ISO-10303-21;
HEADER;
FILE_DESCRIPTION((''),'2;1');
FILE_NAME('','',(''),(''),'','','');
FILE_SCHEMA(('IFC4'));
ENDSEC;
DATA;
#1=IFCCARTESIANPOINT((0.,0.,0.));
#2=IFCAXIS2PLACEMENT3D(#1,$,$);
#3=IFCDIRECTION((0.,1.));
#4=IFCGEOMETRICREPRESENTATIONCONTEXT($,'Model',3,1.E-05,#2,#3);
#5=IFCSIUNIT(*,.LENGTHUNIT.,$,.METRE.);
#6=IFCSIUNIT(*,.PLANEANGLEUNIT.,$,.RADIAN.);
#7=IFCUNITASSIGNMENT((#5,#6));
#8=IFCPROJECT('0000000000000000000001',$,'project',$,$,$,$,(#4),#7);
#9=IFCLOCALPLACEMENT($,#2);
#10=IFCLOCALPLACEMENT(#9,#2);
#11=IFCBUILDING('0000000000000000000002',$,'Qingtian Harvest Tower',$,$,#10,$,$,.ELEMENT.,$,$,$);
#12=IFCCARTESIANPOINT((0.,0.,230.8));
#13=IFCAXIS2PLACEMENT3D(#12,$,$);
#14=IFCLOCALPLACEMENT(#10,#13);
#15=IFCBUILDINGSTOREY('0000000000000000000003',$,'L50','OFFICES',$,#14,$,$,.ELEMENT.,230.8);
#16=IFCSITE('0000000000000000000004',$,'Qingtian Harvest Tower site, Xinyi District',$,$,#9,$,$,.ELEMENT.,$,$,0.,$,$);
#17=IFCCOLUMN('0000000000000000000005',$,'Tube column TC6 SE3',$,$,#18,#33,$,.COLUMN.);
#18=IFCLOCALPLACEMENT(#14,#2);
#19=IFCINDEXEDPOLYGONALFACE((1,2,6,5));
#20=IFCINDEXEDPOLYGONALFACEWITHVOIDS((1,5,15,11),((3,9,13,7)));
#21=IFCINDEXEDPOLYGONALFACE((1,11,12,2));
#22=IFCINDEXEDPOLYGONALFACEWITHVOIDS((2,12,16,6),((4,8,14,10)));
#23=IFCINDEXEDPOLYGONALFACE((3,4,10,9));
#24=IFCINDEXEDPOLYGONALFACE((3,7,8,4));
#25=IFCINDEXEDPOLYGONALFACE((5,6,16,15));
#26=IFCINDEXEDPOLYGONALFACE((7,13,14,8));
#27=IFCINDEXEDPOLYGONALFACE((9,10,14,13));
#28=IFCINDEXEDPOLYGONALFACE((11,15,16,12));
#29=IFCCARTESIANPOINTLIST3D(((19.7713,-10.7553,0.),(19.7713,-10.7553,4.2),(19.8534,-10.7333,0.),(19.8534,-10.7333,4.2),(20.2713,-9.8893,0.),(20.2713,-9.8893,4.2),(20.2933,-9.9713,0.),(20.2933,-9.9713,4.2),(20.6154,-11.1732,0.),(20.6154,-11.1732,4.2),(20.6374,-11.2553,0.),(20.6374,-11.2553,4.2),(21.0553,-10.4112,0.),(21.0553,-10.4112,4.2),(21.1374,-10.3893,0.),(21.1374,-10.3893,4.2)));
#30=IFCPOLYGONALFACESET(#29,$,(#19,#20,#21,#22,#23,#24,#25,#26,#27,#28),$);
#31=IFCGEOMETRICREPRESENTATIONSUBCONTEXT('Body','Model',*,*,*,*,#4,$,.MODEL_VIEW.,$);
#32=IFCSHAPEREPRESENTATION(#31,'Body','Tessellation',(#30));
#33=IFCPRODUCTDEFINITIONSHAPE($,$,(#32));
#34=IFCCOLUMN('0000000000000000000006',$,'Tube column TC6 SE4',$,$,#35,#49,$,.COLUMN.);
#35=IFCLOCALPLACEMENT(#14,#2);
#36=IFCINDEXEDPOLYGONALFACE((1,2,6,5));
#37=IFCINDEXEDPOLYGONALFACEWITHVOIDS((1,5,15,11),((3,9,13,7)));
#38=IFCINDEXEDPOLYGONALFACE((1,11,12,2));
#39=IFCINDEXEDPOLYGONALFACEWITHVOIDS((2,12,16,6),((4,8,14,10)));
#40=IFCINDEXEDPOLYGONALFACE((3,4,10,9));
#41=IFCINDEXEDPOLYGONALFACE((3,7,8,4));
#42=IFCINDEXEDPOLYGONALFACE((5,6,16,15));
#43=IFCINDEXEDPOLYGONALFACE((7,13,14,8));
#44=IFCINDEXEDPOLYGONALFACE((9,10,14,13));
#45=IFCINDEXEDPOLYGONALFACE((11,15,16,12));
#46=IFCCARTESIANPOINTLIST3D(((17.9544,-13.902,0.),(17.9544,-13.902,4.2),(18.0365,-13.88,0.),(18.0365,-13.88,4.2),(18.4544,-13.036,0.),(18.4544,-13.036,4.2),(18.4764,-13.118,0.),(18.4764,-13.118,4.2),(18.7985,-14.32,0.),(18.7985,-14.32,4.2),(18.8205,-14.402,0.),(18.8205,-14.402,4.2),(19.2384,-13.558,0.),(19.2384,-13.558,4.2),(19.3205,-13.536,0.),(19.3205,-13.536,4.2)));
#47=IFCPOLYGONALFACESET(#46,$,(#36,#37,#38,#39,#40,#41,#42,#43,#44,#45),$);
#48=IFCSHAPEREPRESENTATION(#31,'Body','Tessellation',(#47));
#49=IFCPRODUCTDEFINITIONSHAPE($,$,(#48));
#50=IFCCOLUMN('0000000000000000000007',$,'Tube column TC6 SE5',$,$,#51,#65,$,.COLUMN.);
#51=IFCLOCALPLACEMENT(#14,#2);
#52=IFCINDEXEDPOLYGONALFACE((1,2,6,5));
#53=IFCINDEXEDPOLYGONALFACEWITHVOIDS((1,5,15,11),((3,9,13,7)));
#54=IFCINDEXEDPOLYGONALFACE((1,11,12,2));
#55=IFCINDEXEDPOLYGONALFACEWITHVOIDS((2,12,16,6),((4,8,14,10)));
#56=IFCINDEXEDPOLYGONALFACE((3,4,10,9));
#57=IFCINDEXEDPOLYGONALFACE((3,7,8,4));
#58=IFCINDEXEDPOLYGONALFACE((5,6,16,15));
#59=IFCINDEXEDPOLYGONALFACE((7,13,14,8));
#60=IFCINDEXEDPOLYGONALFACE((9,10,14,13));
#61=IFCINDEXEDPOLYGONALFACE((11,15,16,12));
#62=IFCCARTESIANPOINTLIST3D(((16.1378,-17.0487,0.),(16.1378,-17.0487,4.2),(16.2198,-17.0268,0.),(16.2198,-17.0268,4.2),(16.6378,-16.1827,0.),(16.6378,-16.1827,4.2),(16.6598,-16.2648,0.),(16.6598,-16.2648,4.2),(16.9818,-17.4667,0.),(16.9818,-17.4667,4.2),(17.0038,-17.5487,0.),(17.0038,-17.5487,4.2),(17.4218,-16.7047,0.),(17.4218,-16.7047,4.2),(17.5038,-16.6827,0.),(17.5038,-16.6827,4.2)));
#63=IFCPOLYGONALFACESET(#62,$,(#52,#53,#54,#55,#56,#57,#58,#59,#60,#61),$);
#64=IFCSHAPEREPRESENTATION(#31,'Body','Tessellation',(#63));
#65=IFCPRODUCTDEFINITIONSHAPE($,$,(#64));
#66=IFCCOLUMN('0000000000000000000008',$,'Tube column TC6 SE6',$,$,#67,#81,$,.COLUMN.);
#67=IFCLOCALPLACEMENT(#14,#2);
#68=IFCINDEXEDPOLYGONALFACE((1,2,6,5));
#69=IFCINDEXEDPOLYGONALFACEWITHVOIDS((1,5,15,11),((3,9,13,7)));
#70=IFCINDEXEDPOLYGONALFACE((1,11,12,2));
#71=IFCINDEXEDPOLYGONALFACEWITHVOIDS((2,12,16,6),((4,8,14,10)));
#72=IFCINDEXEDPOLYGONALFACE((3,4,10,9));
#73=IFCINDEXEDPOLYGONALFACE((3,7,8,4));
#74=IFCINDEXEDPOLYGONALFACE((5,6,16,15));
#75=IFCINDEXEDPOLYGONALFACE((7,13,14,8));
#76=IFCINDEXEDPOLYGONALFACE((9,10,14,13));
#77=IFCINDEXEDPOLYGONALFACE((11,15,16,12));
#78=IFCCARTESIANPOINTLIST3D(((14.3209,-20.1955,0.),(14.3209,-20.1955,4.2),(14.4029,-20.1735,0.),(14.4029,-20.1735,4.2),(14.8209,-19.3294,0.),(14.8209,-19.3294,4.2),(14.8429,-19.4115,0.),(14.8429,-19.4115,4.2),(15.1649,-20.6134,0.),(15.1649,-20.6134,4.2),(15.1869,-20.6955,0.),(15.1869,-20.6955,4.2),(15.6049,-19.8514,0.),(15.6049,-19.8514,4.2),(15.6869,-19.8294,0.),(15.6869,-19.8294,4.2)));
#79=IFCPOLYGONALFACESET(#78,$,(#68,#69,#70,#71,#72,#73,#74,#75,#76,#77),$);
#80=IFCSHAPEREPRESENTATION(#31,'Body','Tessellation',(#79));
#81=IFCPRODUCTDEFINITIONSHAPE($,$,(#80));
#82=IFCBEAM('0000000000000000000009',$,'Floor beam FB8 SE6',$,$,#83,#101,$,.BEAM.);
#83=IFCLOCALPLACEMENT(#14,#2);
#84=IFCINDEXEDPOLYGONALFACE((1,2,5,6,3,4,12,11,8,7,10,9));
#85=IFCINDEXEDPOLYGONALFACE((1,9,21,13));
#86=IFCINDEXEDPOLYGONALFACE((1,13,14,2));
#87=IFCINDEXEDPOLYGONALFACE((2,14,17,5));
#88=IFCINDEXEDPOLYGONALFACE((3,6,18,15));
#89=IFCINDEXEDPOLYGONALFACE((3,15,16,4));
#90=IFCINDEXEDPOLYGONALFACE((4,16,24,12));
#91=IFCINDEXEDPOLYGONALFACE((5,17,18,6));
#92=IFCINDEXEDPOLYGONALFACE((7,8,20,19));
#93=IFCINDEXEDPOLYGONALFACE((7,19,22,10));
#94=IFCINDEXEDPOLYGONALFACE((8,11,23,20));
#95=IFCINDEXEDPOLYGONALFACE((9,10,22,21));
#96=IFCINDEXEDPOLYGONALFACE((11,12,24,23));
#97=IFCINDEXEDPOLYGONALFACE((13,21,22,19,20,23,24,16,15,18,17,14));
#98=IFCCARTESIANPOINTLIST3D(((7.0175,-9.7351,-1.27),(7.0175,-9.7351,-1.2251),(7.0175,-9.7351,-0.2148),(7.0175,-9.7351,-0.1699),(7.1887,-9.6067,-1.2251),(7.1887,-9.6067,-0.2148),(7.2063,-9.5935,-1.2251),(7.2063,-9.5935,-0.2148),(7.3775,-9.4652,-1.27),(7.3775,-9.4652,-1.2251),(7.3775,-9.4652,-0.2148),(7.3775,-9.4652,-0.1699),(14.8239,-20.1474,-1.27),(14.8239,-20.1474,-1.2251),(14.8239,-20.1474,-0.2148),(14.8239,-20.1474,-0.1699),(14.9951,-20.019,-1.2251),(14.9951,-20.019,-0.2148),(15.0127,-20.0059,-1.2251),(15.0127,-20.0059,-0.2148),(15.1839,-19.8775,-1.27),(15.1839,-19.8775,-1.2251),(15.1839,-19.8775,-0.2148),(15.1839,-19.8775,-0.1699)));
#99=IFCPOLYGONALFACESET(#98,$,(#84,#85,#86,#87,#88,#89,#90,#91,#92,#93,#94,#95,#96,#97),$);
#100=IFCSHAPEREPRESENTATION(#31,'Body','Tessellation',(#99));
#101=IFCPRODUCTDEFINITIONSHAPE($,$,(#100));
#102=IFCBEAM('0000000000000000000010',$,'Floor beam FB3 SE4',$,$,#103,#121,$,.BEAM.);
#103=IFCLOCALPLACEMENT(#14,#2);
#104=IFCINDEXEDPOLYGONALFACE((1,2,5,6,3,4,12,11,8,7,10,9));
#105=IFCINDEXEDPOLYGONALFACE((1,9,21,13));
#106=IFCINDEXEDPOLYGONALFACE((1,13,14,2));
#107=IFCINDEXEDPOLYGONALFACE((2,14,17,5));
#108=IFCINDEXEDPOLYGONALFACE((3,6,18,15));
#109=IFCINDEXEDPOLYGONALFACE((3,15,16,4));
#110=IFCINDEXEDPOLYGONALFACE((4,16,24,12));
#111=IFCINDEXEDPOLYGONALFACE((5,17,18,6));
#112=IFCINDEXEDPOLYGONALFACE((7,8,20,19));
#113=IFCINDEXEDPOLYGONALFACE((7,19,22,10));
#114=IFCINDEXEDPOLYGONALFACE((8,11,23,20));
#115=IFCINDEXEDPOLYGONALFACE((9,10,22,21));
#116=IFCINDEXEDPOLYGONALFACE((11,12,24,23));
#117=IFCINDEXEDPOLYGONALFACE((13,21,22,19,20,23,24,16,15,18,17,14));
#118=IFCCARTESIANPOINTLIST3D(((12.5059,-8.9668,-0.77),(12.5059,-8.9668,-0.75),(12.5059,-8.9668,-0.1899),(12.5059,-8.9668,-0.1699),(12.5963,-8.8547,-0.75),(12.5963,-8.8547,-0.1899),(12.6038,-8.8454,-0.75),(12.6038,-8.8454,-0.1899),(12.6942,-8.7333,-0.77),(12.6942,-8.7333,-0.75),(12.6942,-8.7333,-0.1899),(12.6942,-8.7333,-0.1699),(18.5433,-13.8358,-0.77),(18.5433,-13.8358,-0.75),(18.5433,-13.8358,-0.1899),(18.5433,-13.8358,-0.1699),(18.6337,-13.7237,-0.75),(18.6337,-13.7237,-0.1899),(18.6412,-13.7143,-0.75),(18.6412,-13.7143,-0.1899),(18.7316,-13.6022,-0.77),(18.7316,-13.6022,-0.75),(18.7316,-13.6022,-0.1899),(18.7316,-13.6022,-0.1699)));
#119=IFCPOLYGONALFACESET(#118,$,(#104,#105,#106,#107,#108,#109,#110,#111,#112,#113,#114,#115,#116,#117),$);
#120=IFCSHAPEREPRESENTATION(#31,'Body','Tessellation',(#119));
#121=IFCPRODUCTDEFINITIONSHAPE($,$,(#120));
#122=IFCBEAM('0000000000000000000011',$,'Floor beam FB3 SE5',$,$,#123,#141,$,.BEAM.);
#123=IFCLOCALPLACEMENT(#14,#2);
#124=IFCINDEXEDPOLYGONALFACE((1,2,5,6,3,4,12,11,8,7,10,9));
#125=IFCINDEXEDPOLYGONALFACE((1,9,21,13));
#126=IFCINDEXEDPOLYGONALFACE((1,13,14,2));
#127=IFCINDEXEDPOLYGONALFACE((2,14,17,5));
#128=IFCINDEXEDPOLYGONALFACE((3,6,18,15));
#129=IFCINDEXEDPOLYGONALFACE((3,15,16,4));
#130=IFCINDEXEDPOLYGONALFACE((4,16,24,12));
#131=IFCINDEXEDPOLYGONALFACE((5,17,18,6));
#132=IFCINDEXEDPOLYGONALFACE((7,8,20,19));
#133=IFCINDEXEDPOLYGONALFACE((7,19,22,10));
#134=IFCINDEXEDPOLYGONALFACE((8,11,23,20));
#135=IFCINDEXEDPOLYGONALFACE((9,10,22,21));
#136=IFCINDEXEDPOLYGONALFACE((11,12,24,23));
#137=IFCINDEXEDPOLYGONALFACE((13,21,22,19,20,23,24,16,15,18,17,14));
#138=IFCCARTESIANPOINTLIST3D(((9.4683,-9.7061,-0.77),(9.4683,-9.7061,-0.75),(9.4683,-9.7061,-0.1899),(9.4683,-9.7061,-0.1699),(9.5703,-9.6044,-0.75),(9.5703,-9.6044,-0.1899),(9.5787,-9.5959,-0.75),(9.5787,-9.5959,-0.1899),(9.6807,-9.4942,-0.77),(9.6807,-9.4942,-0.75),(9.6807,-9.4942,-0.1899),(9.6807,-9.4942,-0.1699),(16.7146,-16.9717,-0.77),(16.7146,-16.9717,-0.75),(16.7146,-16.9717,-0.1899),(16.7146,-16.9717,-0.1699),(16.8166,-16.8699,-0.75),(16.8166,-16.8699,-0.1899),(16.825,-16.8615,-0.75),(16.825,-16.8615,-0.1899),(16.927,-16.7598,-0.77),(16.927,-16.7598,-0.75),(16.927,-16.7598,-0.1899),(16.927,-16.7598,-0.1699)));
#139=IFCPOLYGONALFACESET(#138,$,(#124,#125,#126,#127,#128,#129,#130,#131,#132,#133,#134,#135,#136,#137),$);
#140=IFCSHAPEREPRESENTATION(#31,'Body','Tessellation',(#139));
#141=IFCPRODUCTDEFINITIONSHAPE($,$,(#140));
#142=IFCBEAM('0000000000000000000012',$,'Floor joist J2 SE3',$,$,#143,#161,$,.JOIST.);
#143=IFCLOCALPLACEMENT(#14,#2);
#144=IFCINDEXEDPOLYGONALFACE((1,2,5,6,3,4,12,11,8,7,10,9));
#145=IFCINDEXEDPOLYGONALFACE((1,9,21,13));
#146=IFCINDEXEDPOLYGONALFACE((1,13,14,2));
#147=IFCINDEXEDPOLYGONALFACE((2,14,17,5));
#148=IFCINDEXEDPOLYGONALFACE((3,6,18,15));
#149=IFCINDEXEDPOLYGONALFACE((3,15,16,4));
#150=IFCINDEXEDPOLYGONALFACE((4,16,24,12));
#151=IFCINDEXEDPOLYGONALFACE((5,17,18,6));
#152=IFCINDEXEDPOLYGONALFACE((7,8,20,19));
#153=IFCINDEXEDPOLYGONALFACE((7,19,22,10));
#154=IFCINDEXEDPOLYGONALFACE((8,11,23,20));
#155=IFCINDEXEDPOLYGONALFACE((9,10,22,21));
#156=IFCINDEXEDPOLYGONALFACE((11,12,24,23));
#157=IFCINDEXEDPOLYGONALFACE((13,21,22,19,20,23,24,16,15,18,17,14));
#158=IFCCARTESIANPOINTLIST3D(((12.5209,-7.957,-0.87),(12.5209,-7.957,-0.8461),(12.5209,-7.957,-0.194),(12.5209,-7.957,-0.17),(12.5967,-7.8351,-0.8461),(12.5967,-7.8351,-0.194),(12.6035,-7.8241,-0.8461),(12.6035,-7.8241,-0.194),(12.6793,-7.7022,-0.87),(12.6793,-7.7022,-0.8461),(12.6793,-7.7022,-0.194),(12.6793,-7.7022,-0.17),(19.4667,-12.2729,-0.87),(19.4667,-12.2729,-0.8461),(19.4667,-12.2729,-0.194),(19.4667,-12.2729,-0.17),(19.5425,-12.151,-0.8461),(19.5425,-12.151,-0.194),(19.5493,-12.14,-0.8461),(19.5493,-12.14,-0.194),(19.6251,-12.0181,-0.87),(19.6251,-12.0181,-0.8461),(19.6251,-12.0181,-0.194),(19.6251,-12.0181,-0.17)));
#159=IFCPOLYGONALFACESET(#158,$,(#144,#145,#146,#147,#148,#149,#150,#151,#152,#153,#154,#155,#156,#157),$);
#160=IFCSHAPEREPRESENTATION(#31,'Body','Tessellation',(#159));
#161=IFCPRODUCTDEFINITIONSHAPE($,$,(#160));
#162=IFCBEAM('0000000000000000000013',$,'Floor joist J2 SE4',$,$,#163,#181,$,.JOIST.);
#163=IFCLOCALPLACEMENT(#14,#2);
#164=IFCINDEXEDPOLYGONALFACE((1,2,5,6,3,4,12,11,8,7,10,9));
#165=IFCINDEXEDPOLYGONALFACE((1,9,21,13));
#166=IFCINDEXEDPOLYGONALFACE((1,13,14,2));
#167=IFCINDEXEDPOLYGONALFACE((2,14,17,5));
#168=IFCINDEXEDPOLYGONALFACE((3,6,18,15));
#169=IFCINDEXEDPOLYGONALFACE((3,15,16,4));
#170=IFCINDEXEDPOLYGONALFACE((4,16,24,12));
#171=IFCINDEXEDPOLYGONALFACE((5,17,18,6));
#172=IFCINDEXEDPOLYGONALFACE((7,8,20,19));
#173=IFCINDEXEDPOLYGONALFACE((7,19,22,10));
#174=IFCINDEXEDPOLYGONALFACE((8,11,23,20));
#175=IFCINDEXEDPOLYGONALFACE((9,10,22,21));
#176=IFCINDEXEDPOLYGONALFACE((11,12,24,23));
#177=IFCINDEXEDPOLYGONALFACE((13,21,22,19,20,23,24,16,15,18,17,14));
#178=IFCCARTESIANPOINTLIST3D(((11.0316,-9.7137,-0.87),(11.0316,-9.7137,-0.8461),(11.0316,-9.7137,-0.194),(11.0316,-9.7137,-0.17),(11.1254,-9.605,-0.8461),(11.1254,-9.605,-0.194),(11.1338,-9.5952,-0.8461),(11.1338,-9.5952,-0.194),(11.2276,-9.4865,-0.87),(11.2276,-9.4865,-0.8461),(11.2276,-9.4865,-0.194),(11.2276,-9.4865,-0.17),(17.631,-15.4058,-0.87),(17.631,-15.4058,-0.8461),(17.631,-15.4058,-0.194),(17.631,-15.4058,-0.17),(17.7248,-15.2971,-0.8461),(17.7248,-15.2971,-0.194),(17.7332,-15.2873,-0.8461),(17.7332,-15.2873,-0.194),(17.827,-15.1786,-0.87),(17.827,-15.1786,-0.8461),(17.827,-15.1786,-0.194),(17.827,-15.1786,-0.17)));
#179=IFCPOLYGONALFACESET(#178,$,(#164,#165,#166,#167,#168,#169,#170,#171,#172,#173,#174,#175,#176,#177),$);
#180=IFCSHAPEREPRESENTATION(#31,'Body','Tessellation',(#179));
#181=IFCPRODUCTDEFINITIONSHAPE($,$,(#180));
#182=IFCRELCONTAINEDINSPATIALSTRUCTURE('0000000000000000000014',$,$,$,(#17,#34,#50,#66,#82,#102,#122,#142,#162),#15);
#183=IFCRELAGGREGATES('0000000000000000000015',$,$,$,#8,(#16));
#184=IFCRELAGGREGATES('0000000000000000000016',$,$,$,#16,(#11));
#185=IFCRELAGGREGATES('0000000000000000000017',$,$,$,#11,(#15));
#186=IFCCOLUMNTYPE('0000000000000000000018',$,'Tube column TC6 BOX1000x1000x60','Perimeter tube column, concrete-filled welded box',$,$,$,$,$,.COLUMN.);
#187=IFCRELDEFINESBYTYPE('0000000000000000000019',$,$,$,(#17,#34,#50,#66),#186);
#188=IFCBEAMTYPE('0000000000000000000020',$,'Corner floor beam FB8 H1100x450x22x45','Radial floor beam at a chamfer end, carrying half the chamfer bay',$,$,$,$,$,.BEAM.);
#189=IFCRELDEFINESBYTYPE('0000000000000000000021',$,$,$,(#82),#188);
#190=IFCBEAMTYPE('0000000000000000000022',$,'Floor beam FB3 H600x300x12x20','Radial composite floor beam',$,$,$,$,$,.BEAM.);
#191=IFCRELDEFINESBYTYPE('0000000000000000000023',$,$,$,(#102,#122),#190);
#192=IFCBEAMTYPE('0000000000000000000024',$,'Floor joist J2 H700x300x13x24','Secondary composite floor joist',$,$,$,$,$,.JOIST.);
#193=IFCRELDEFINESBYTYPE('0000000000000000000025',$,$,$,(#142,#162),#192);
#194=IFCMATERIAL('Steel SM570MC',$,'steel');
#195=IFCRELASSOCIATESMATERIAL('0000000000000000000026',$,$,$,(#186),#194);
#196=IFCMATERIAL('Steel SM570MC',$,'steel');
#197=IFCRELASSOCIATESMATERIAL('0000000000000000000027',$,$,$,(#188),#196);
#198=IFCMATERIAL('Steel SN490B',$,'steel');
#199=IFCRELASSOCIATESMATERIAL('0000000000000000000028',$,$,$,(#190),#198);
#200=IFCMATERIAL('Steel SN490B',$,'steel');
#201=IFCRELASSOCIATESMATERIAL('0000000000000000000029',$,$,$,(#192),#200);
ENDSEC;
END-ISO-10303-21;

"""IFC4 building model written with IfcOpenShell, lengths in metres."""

from ifc_helpers import new_model, si_unit, direction, frame, origin, origin_2d, place, context, subcontext, project, spatial, hollow_rectangle, i_section, extrude, material, material_profile, profile_set, type_object, element, save


model = new_model("IFC4")

# Units and contexts
model_context = context("Model", 3, precision=1e-05, world=origin(), true_north=direction((0.0, 1.0)))
body_context = subcontext(model_context, "Body", "Model", "MODEL_VIEW")
ifc_project = project(units=[si_unit("LENGTHUNIT", "METRE"), si_unit("PLANEANGLEUNIT", "RADIAN")], contexts=[model_context])

# Site, building, storey
site_placement = place(None, origin())
site = spatial("IfcSite", under=ifc_project, at=site_placement, Name="Qingtian Harvest Tower site, Xinyi District", CompositionType="ELEMENT", RefElevation=0.0)
building_placement = place(site_placement, origin())
building = spatial("IfcBuilding", under=site, at=building_placement, Name="Qingtian Harvest Tower", CompositionType="ELEMENT")
storey_placement = place(building_placement, frame((0.0, 0.0, 230.8)))
storey = spatial("IfcBuildingStorey", under=building, at=storey_placement, Name="L50", Description="OFFICES", CompositionType="ELEMENT", Elevation=230.8)

# Columns
ifc_material_1 = material(Name="Steel SM570MC", Category="steel")
ifc_material_profile_1 = material_profile(ifc_material_1, hollow_rectangle(XDim=1.0, YDim=1.0, WallThickness=0.0601, at=origin_2d()), Name="BOX1000x1000x60")
ifc_profile_set_1 = profile_set([ifc_material_profile_1], Name="Steel SM570MC")
column_type = type_object("IfcColumnType", Name="Tube column TC6 BOX1000x1000x60", Description="Perimeter tube column, concrete-filled welded box", PredefinedType="COLUMN", material=ifc_profile_set_1)
for number, where, z_axis, x_axis, name in (
    (1, (20.4543, -10.5723, 0.0), (0.0, 0.0, 1.0), (0.5, 0.866025, 0.0), "Tube column TC6 SE3"),
    (2, (18.6375, -13.719, 0.0), (0.0, 0.0, 1.0), (0.5, 0.866025, 0.0), "Tube column TC6 SE4"),
    (3, (16.8208, -16.8657, 0.0), (0.0, 0.0, 1.0), (0.5, 0.866025, 0.0), "Tube column TC6 SE5"),
    (4, (15.0039, -20.0125, 0.0), (0.0, 0.0, 1.0), (0.5, 0.866025, 0.0), "Tube column TC6 SE6"),
):
    element("IfcColumn", number, at=place(storey_placement, frame(where, z_axis=z_axis, x_axis=x_axis)), inside=storey, type_object=column_type, Name=name, PredefinedType="COLUMN", context=body_context, shape_type="SweptSolid", body=[
        extrude(hollow_rectangle(XDim=1.0, YDim=1.0, WallThickness=0.0601, at=origin_2d()), origin(), (0.0, 0.0, 1.0), 4.2),
    ])

# Beams
ifc_material_2 = material(Name="Steel SM570MC", Category="steel")
ifc_material_profile_2 = material_profile(ifc_material_2, i_section(OverallWidth=0.45, OverallDepth=1.1001, WebThickness=0.022, FlangeThickness=0.0449, at=origin_2d()), Name="H1100x450x22x45")
ifc_profile_set_2 = profile_set([ifc_material_profile_2], Name="Steel SM570MC")
beam_type_1 = type_object("IfcBeamType", Name="Corner floor beam FB8 H1100x450x22x45", Description="Radial floor beam at a chamfer end, carrying half the chamfer bay", PredefinedType="BEAM", material=ifc_profile_set_2)
beam_1_placement = place(storey_placement, frame((15.0039, -20.0125, -0.72), z_axis=(-0.599859, 0.800106, 0.0), x_axis=(-0.800106, -0.599859, 0.0)))
element("IfcBeam", 5, at=beam_1_placement, inside=storey, type_object=beam_type_1, Name="Floor beam FB8 SE6", PredefinedType="BEAM", context=body_context, shape_type="SweptSolid", body=[
    extrude(i_section(OverallWidth=0.45, OverallDepth=1.1001, WebThickness=0.022, FlangeThickness=0.0449, at=origin_2d()), origin(), (0.0, 0.0, 1.0), 13.0137),
])
ifc_material_3 = material(Name="Steel SN490B", Category="steel")
ifc_material_profile_3 = material_profile(ifc_material_3, i_section(OverallWidth=0.3, OverallDepth=0.6001, WebThickness=0.012, FlangeThickness=0.02, at=origin_2d()), Name="H600x300x12x20")
ifc_profile_set_3 = profile_set([ifc_material_profile_3], Name="Steel SN490B")
beam_type_2 = type_object("IfcBeamType", Name="Floor beam FB3 H600x300x12x20", Description="Radial composite floor beam", PredefinedType="BEAM", material=ifc_profile_set_3)
beam_2_placement = place(storey_placement, frame((18.6375, -13.719, -0.47), z_axis=(-0.778409, 0.627757, 0.0), x_axis=(-0.627757, -0.778409, 0.0)))
element("IfcBeam", 6, at=beam_2_placement, inside=storey, type_object=beam_type_2, Name="Floor beam FB3 SE4", PredefinedType="BEAM", context=body_context, shape_type="SweptSolid", body=[
    extrude(i_section(OverallWidth=0.3, OverallDepth=0.6001, WebThickness=0.012, FlangeThickness=0.02, at=origin_2d()), origin(), (0.0, 0.0, 1.0), 7.7561),
])
beam_3_placement = place(storey_placement, frame((16.8208, -16.8657, -0.47), z_axis=(-0.706166, 0.708046, 0.0), x_axis=(-0.708046, -0.706166, 0.0)))
element("IfcBeam", 7, at=beam_3_placement, inside=storey, type_object=beam_type_2, Name="Floor beam FB3 SE5", PredefinedType="BEAM", context=body_context, shape_type="SweptSolid", body=[
    extrude(i_section(OverallWidth=0.3, OverallDepth=0.6001, WebThickness=0.012, FlangeThickness=0.02, at=origin_2d()), origin(), (0.0, 0.0, 1.0), 10.2615),
])
ifc_material_4 = material(Name="Steel SN490B", Category="steel")
ifc_material_profile_4 = material_profile(ifc_material_4, i_section(OverallWidth=0.3, OverallDepth=0.7, WebThickness=0.0129, FlangeThickness=0.0239, at=origin_2d()), Name="H700x300x13x24")
ifc_profile_set_4 = profile_set([ifc_material_profile_4], Name="Steel SN490B")
beam_type_3 = type_object("IfcBeamType", Name="Floor joist J2 H700x300x13x24", Description="Secondary composite floor joist", PredefinedType="JOIST", material=ifc_profile_set_4)
beam_4_placement = place(storey_placement, frame((19.5459, -12.1455, -0.52), z_axis=(-0.849381, 0.52778, 0.0), x_axis=(-0.52778, -0.849381, 0.0)))
element("IfcBeam", 8, at=beam_4_placement, inside=storey, type_object=beam_type_3, Name="Floor joist J2 SE3", PredefinedType="JOIST", context=body_context, shape_type="SweptSolid", body=[
    extrude(i_section(OverallWidth=0.3, OverallDepth=0.7, WebThickness=0.0129, FlangeThickness=0.0239, at=origin_2d()), origin(), (0.0, 0.0, 1.0), 8.1775),
])
beam_5_placement = place(storey_placement, frame((17.729, -15.2922, -0.52), z_axis=(-0.757238, 0.653139, 0.0), x_axis=(-0.653139, -0.757238, 0.0)))
element("IfcBeam", 9, at=beam_5_placement, inside=storey, type_object=beam_type_3, Name="Floor joist J2 SE4", PredefinedType="JOIST", context=body_context, shape_type="SweptSolid", body=[
    extrude(i_section(OverallWidth=0.3, OverallDepth=0.7, WebThickness=0.0129, FlangeThickness=0.0239, at=origin_2d()), origin(), (0.0, 0.0, 1.0), 8.7151),
])

save(model, "model.ifc")
